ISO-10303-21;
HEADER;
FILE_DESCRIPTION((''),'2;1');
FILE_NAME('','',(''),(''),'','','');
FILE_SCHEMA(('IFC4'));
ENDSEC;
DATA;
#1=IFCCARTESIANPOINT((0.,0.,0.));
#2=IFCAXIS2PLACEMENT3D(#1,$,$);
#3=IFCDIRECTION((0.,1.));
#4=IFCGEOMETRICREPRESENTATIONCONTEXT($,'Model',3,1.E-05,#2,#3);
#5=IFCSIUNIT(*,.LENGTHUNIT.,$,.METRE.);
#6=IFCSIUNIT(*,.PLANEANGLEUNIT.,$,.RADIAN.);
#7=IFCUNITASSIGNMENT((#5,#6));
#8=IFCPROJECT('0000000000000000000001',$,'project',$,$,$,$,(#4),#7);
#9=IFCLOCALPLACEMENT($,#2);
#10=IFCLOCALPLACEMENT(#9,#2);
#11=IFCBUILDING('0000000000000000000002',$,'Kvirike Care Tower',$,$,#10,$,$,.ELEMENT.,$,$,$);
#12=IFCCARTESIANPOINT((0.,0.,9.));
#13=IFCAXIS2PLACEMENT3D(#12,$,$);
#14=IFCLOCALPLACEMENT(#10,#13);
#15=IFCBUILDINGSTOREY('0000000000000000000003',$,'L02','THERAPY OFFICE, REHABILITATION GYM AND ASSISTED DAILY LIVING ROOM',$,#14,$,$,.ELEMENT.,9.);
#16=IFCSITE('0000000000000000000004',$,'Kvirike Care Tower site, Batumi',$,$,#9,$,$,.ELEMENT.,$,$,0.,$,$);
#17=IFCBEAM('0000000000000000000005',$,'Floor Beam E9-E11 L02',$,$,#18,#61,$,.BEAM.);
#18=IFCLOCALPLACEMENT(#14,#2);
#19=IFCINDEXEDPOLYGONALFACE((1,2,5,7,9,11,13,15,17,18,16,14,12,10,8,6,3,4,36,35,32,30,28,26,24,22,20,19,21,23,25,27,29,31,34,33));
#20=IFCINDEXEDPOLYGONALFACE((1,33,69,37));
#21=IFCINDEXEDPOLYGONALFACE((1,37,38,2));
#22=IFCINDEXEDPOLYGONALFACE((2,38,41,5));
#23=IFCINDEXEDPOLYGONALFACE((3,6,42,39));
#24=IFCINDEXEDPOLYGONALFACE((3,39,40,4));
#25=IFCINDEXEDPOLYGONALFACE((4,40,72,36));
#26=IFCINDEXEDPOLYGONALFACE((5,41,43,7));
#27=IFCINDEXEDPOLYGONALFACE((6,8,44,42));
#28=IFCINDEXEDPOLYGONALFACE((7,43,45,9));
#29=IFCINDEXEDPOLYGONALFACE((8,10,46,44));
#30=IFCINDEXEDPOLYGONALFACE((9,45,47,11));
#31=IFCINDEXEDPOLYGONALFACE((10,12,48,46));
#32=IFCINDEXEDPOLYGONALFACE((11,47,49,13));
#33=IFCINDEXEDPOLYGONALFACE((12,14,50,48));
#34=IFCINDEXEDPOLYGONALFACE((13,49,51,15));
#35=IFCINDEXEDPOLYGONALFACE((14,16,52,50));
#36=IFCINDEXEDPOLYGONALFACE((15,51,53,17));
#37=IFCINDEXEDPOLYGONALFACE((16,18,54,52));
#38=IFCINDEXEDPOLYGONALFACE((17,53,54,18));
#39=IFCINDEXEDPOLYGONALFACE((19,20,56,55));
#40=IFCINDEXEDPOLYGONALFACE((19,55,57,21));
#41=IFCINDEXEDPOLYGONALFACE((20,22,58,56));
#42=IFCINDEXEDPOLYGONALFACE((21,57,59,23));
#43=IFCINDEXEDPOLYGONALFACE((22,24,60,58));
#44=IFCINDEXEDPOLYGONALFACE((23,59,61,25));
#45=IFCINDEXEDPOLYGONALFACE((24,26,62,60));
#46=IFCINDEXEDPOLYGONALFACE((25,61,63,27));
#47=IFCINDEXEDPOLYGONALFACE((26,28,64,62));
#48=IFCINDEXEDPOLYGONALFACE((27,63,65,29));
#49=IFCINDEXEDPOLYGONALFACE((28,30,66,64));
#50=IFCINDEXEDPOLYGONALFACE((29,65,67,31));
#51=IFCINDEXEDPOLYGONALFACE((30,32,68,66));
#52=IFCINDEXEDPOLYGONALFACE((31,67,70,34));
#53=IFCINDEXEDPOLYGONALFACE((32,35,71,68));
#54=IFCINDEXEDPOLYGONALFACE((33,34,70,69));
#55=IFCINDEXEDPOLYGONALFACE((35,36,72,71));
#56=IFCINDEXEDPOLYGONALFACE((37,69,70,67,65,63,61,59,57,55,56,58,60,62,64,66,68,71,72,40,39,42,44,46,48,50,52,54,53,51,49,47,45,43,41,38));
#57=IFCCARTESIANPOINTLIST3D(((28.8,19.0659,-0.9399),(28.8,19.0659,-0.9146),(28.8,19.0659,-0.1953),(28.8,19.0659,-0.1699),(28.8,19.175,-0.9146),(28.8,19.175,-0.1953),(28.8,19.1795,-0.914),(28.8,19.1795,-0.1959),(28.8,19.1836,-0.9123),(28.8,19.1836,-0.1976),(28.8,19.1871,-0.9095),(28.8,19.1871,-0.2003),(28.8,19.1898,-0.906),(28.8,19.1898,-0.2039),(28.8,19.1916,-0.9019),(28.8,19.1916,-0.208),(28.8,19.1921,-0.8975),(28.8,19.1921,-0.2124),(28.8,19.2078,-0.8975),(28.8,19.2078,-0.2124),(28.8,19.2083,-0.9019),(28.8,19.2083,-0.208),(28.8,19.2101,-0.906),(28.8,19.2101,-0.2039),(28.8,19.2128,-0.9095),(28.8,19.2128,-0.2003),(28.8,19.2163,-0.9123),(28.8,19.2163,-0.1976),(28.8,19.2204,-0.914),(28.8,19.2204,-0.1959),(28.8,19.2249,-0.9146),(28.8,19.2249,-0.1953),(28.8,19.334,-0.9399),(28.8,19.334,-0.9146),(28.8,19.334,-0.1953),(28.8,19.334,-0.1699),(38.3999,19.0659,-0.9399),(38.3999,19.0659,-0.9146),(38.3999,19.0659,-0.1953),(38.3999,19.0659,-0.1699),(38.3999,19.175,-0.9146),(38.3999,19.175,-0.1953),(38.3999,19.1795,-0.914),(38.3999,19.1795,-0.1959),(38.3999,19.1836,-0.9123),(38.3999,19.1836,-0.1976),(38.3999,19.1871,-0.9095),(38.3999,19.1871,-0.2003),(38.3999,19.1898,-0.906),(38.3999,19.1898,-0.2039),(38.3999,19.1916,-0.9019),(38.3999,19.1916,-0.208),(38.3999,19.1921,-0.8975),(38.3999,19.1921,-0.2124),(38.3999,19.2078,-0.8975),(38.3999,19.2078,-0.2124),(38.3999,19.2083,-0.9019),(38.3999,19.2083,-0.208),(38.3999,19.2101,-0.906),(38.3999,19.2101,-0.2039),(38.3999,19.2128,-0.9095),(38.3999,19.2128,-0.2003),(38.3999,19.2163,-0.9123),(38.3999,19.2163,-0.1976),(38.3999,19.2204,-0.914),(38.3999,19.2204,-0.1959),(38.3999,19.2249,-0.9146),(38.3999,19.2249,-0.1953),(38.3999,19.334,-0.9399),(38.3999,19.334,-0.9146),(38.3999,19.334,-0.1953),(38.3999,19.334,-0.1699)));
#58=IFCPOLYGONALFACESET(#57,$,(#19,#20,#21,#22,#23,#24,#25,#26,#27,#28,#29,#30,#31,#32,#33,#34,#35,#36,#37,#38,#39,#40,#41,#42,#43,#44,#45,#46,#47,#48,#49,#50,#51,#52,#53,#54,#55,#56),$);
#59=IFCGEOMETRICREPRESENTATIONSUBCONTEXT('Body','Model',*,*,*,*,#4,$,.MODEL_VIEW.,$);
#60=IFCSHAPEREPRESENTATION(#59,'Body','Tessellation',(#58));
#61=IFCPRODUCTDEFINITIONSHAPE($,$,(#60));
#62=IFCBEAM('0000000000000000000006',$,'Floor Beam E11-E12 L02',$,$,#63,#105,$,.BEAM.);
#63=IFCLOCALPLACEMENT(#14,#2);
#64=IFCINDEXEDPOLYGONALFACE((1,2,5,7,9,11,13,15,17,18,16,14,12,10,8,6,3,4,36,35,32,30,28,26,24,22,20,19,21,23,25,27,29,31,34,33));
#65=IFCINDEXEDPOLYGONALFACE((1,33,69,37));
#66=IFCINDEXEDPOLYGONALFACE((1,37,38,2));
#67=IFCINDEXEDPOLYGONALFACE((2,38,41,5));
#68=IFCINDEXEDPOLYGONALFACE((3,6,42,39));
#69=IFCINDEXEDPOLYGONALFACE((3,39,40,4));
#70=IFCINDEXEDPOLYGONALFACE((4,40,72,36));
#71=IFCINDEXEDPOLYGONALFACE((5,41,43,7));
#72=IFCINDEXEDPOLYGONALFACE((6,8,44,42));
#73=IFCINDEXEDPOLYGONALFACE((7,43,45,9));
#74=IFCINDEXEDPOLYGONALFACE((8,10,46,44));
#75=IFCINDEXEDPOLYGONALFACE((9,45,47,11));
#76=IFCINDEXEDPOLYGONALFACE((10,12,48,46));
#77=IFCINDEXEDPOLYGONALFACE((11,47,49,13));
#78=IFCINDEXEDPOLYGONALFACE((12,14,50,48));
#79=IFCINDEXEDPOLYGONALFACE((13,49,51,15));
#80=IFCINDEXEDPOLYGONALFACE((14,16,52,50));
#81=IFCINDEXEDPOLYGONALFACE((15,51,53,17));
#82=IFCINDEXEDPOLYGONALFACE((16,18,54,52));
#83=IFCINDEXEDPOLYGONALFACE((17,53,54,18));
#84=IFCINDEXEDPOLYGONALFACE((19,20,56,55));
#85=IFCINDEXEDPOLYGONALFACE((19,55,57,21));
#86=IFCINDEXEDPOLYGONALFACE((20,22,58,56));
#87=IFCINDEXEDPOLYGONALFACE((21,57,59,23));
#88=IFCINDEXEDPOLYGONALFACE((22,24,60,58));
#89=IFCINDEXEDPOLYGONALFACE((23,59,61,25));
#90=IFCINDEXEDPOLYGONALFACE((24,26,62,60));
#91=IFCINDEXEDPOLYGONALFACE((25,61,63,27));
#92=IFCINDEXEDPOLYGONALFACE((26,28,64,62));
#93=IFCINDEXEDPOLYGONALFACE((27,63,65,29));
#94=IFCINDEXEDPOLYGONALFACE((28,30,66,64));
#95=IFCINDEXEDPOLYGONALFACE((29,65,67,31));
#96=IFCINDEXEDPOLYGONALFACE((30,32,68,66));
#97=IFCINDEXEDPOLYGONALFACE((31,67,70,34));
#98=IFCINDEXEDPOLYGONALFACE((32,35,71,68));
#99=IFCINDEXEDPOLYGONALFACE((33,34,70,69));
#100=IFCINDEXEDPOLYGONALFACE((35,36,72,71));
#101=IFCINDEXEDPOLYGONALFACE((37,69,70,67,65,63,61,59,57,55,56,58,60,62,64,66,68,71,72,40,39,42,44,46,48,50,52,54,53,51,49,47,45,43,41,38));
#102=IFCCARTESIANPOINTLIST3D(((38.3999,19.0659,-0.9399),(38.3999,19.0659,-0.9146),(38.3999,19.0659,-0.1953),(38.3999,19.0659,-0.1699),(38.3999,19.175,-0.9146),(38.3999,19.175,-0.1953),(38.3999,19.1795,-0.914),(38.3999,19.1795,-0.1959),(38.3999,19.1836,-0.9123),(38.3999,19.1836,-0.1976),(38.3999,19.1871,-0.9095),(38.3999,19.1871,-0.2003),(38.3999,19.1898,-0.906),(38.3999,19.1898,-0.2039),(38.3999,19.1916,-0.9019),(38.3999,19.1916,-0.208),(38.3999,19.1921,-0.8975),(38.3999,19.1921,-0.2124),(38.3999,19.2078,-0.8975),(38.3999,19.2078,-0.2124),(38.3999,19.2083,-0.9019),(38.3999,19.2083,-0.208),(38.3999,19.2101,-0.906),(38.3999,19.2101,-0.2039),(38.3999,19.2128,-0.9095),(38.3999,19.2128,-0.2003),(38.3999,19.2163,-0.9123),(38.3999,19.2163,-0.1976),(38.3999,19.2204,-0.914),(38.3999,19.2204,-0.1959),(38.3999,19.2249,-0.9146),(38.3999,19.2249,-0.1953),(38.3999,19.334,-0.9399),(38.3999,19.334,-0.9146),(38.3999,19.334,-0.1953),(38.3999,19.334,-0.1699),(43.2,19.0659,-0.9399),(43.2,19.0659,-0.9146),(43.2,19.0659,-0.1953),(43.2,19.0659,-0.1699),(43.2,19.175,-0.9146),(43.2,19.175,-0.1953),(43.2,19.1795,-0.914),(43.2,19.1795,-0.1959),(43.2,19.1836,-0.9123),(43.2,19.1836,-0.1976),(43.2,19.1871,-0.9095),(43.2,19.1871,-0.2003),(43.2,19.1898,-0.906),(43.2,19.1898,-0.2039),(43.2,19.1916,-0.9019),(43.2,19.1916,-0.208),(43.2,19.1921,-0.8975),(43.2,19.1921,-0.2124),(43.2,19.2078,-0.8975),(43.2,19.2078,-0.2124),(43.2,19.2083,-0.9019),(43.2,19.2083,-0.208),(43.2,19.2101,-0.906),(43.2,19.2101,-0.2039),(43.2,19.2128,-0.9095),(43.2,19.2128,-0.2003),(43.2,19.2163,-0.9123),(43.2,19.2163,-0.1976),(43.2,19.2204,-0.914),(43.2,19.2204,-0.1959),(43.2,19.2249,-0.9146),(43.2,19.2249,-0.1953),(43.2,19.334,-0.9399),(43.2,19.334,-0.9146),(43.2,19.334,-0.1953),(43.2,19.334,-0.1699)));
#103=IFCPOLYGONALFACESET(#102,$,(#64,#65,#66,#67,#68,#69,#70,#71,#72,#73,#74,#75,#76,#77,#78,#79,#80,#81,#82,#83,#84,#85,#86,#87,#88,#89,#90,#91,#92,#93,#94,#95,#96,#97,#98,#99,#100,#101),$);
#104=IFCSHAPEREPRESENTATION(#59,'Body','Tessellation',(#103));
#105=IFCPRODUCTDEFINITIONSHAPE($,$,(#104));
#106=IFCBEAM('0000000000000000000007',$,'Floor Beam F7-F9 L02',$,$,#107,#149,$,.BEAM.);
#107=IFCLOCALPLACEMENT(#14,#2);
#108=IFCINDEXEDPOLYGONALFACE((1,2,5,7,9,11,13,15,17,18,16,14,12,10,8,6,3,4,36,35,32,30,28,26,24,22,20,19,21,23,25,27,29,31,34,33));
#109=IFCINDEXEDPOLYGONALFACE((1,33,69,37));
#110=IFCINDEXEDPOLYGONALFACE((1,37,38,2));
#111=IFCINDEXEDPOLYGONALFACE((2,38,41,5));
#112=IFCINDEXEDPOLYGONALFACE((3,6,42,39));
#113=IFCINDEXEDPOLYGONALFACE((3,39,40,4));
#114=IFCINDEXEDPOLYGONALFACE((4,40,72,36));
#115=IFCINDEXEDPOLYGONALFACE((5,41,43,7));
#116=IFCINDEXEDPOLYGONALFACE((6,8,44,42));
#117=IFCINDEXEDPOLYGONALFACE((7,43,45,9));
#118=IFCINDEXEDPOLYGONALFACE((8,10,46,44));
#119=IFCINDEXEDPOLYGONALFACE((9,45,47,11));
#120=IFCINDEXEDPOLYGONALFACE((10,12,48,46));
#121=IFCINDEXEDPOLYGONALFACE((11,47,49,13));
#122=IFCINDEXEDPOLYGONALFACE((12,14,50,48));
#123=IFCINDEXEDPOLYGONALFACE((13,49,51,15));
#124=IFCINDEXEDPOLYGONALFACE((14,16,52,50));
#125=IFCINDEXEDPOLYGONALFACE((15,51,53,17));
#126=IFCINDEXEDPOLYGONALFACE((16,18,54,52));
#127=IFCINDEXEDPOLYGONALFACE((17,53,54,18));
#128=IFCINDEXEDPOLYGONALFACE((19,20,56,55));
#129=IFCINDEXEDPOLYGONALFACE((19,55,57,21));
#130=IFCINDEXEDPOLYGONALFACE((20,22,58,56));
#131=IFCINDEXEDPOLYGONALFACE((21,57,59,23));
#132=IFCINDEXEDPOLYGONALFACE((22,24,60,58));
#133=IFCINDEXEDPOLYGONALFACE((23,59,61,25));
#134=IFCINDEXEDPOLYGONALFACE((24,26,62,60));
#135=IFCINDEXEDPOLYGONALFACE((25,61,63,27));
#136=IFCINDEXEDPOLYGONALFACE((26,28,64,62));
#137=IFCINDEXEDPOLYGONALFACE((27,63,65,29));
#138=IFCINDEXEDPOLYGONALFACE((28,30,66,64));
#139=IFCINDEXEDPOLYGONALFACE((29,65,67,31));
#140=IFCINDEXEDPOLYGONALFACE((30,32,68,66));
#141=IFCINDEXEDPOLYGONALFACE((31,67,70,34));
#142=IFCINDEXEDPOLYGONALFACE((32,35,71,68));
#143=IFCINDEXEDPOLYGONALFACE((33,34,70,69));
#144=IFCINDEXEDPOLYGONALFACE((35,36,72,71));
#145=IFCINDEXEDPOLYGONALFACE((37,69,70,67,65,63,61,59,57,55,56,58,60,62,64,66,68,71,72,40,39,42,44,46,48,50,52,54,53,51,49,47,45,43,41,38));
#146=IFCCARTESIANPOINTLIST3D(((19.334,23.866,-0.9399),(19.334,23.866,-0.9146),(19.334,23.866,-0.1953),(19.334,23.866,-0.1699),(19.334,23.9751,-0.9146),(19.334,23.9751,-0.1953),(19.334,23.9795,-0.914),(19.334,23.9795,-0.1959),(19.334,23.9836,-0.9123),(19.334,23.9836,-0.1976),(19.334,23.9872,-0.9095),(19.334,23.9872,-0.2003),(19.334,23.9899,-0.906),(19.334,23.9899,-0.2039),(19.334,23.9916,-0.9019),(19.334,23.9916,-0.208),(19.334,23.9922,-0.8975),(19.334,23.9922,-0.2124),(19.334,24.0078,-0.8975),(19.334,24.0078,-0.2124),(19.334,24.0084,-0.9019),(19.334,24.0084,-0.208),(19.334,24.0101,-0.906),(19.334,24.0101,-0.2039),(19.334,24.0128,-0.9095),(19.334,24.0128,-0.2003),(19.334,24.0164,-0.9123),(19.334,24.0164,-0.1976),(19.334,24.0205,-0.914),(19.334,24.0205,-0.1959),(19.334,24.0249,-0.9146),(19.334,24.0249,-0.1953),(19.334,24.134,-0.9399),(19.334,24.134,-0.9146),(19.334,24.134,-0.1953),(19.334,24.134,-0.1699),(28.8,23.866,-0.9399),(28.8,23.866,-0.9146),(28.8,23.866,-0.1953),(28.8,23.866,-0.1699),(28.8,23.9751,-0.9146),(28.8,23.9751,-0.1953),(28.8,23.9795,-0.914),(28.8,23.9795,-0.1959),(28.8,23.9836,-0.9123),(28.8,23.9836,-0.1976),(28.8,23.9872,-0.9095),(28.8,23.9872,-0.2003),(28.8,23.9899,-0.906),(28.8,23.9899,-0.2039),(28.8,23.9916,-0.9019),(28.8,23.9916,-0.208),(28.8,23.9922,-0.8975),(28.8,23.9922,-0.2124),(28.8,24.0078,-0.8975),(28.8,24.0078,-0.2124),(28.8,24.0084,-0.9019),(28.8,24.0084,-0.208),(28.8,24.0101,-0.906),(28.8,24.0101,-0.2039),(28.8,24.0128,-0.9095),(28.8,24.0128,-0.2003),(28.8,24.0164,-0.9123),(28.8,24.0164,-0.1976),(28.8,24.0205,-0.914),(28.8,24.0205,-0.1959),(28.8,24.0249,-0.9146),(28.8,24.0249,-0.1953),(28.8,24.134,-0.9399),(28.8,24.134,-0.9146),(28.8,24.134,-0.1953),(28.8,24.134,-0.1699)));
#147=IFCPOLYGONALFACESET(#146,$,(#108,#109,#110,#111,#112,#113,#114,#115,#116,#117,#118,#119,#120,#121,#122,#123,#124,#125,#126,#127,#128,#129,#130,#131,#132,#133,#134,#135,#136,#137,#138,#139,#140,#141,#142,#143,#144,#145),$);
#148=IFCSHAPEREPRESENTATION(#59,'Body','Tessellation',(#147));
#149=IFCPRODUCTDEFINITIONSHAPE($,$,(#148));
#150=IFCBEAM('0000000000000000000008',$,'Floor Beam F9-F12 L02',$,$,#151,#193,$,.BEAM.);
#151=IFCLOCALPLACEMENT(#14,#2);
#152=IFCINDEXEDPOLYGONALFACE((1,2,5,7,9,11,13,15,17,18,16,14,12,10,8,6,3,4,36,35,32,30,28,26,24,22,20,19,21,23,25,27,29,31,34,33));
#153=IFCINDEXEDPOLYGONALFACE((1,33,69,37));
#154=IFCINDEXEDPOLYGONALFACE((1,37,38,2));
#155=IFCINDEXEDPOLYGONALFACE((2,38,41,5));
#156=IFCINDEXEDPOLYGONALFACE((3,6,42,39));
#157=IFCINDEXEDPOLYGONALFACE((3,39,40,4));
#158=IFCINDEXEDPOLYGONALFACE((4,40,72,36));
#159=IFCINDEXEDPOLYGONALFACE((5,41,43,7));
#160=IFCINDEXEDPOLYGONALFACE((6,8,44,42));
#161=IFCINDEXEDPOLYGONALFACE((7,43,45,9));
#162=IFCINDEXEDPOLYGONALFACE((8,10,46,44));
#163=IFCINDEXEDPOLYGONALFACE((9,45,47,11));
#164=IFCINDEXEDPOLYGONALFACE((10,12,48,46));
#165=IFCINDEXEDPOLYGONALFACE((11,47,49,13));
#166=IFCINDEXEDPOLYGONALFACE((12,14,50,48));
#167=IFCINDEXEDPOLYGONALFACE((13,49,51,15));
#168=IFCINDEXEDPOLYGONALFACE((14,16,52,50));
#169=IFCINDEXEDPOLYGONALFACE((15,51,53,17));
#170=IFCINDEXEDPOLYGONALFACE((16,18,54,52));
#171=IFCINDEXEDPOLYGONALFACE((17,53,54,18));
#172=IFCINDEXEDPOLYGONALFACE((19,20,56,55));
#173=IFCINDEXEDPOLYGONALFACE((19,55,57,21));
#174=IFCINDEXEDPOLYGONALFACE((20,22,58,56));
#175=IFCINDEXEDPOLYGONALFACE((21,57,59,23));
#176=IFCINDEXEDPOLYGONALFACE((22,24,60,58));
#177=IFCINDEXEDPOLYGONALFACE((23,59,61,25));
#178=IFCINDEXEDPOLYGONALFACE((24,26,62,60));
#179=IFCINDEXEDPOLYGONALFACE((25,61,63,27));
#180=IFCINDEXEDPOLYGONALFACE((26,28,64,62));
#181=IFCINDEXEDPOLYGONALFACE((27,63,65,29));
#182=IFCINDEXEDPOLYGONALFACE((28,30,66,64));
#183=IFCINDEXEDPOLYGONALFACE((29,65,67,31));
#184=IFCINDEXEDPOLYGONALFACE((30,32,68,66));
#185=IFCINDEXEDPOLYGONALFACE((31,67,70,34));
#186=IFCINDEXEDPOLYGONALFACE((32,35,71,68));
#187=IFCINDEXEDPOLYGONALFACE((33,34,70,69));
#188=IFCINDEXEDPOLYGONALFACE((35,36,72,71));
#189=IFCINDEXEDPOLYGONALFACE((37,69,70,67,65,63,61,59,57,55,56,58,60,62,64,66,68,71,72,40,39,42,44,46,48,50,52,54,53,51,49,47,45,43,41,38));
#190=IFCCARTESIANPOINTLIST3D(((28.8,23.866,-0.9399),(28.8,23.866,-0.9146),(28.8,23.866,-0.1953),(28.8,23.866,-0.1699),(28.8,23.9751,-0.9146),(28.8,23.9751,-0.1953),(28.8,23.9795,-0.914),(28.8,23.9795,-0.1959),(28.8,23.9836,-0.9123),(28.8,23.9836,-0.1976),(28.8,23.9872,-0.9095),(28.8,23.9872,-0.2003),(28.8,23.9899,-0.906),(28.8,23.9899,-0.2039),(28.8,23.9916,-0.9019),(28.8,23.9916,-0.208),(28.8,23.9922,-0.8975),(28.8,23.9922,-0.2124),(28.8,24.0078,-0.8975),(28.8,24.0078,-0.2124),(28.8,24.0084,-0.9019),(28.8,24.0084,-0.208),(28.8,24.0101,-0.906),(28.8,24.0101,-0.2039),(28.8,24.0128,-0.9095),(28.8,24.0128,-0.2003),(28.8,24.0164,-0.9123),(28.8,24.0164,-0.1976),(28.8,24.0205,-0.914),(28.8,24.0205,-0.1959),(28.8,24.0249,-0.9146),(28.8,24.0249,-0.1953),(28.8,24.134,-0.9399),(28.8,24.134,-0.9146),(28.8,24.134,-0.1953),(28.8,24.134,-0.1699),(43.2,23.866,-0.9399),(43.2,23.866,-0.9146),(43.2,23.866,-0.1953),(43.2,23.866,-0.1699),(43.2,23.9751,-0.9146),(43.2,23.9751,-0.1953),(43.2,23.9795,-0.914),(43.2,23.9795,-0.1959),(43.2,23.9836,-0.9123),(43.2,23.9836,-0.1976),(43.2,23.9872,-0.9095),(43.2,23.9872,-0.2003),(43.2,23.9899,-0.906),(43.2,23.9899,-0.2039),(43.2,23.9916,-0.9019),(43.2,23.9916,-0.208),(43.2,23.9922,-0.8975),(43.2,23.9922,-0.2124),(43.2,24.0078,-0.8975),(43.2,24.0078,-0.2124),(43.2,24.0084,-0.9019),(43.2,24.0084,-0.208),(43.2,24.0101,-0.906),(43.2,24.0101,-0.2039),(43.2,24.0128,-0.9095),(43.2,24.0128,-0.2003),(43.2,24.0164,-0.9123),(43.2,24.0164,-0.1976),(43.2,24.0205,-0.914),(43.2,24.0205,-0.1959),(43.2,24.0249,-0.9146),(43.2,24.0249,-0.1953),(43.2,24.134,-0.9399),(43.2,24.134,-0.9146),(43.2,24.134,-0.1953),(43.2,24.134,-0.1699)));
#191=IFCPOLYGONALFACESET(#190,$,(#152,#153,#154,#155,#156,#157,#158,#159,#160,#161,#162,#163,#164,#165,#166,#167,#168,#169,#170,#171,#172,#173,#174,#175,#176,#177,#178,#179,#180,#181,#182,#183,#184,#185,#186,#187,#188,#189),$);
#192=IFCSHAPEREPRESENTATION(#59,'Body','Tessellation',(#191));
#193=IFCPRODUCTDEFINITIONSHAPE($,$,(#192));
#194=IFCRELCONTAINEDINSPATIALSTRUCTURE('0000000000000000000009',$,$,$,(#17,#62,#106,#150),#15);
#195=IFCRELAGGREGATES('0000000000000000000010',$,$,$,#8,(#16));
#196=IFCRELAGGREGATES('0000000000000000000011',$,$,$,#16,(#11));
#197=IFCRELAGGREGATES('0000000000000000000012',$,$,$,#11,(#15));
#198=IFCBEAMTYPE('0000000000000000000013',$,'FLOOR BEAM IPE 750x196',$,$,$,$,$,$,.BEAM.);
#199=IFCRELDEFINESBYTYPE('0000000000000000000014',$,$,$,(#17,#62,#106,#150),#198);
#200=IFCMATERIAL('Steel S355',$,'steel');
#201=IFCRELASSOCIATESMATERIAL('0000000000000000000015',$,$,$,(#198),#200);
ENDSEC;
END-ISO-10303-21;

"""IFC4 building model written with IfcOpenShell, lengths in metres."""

from ifc_helpers import new_model, si_unit, direction, frame, origin, origin_2d, place, context, subcontext, project, spatial, i_section, extrude, material, material_profile, profile_set, type_object, element, save


model = new_model("IFC4")

# Units and contexts
model_context = context("Model", 3, precision=1e-05, world=origin(), true_north=direction((0.0, 1.0)))
body_context = subcontext(model_context, "Body", "Model", "MODEL_VIEW")
ifc_project = project(units=[si_unit("LENGTHUNIT", "METRE"), si_unit("PLANEANGLEUNIT", "RADIAN")], contexts=[model_context])

# Site, building, storey
site_placement = place(None, origin())
site = spatial("IfcSite", under=ifc_project, at=site_placement, Name="Kvirike Care Tower site, Batumi", CompositionType="ELEMENT", RefElevation=0.0)
building_placement = place(site_placement, origin())
building = spatial("IfcBuilding", under=site, at=building_placement, Name="Kvirike Care Tower", CompositionType="ELEMENT")
storey_placement = place(building_placement, frame((0.0, 0.0, 9.0)))
storey = spatial("IfcBuildingStorey", under=building, at=storey_placement, Name="L02", Description="THERAPY OFFICE, REHABILITATION GYM AND ASSISTED DAILY LIVING ROOM", CompositionType="ELEMENT", Elevation=9.0)

# Beams
ifc_material_1 = material(Name="Steel S355", Category="steel")
ifc_material_profile_1 = material_profile(ifc_material_1, i_section(OverallWidth=0.2681, OverallDepth=0.77, WebThickness=0.0156, FlangeThickness=0.0254, FilletRadius=0.0171, at=origin_2d()), Name="IPE 750x196")
ifc_profile_set_1 = profile_set([ifc_material_profile_1], Name="Steel S355")
beam_type_1 = type_object("IfcBeamType", Name="FLOOR BEAM IPE 750x196", PredefinedType="BEAM", material=ifc_profile_set_1)
beam_1_placement = place(storey_placement, frame((28.8, 19.2, -0.5549), z_axis=(1.0, 0.0, 0.0), x_axis=(0.0, 1.0, 0.0)))
element("IfcBeam", 1, at=beam_1_placement, inside=storey, type_object=beam_type_1, Name="Floor Beam E9-E11 L02", PredefinedType="BEAM", context=body_context, shape_type="SweptSolid", body=[
    extrude(i_section(OverallWidth=0.2681, OverallDepth=0.77, WebThickness=0.0156, FlangeThickness=0.0254, FilletRadius=0.0171, at=origin_2d()), origin(), (0.0, 0.0, 1.0), 9.5999),
])
beam_2_placement = place(storey_placement, frame((38.3999, 19.2, -0.5549), z_axis=(1.0, 0.0, 0.0), x_axis=(0.0, 1.0, 0.0)))
element("IfcBeam", 2, at=beam_2_placement, inside=storey, type_object=beam_type_1, Name="Floor Beam E11-E12 L02", PredefinedType="BEAM", context=body_context, shape_type="SweptSolid", body=[
    extrude(i_section(OverallWidth=0.2681, OverallDepth=0.77, WebThickness=0.0156, FlangeThickness=0.0254, FilletRadius=0.0171, at=origin_2d()), origin(), (0.0, 0.0, 1.0), 4.8),
])
beam_3_placement = place(storey_placement, frame((19.334, 24.0, -0.5549), z_axis=(1.0, 0.0, 0.0), x_axis=(0.0, 1.0, 0.0)))
element("IfcBeam", 3, at=beam_3_placement, inside=storey, type_object=beam_type_1, Name="Floor Beam F7-F9 L02", PredefinedType="BEAM", context=body_context, shape_type="SweptSolid", body=[
    extrude(i_section(OverallWidth=0.2681, OverallDepth=0.77, WebThickness=0.0156, FlangeThickness=0.0254, FilletRadius=0.0171, at=origin_2d()), origin(), (0.0, 0.0, 1.0), 9.4661),
])
beam_4_placement = place(storey_placement, frame((28.8, 24.0, -0.5549), z_axis=(1.0, 0.0, 0.0), x_axis=(0.0, 1.0, 0.0)))
element("IfcBeam", 4, at=beam_4_placement, inside=storey, type_object=beam_type_1, Name="Floor Beam F9-F12 L02", PredefinedType="BEAM", context=body_context, shape_type="SweptSolid", body=[
    extrude(i_section(OverallWidth=0.2681, OverallDepth=0.77, WebThickness=0.0156, FlangeThickness=0.0254, FilletRadius=0.0171, at=origin_2d()), origin(), (0.0, 0.0, 1.0), 14.3999),
])

save(model, "model.ifc")
